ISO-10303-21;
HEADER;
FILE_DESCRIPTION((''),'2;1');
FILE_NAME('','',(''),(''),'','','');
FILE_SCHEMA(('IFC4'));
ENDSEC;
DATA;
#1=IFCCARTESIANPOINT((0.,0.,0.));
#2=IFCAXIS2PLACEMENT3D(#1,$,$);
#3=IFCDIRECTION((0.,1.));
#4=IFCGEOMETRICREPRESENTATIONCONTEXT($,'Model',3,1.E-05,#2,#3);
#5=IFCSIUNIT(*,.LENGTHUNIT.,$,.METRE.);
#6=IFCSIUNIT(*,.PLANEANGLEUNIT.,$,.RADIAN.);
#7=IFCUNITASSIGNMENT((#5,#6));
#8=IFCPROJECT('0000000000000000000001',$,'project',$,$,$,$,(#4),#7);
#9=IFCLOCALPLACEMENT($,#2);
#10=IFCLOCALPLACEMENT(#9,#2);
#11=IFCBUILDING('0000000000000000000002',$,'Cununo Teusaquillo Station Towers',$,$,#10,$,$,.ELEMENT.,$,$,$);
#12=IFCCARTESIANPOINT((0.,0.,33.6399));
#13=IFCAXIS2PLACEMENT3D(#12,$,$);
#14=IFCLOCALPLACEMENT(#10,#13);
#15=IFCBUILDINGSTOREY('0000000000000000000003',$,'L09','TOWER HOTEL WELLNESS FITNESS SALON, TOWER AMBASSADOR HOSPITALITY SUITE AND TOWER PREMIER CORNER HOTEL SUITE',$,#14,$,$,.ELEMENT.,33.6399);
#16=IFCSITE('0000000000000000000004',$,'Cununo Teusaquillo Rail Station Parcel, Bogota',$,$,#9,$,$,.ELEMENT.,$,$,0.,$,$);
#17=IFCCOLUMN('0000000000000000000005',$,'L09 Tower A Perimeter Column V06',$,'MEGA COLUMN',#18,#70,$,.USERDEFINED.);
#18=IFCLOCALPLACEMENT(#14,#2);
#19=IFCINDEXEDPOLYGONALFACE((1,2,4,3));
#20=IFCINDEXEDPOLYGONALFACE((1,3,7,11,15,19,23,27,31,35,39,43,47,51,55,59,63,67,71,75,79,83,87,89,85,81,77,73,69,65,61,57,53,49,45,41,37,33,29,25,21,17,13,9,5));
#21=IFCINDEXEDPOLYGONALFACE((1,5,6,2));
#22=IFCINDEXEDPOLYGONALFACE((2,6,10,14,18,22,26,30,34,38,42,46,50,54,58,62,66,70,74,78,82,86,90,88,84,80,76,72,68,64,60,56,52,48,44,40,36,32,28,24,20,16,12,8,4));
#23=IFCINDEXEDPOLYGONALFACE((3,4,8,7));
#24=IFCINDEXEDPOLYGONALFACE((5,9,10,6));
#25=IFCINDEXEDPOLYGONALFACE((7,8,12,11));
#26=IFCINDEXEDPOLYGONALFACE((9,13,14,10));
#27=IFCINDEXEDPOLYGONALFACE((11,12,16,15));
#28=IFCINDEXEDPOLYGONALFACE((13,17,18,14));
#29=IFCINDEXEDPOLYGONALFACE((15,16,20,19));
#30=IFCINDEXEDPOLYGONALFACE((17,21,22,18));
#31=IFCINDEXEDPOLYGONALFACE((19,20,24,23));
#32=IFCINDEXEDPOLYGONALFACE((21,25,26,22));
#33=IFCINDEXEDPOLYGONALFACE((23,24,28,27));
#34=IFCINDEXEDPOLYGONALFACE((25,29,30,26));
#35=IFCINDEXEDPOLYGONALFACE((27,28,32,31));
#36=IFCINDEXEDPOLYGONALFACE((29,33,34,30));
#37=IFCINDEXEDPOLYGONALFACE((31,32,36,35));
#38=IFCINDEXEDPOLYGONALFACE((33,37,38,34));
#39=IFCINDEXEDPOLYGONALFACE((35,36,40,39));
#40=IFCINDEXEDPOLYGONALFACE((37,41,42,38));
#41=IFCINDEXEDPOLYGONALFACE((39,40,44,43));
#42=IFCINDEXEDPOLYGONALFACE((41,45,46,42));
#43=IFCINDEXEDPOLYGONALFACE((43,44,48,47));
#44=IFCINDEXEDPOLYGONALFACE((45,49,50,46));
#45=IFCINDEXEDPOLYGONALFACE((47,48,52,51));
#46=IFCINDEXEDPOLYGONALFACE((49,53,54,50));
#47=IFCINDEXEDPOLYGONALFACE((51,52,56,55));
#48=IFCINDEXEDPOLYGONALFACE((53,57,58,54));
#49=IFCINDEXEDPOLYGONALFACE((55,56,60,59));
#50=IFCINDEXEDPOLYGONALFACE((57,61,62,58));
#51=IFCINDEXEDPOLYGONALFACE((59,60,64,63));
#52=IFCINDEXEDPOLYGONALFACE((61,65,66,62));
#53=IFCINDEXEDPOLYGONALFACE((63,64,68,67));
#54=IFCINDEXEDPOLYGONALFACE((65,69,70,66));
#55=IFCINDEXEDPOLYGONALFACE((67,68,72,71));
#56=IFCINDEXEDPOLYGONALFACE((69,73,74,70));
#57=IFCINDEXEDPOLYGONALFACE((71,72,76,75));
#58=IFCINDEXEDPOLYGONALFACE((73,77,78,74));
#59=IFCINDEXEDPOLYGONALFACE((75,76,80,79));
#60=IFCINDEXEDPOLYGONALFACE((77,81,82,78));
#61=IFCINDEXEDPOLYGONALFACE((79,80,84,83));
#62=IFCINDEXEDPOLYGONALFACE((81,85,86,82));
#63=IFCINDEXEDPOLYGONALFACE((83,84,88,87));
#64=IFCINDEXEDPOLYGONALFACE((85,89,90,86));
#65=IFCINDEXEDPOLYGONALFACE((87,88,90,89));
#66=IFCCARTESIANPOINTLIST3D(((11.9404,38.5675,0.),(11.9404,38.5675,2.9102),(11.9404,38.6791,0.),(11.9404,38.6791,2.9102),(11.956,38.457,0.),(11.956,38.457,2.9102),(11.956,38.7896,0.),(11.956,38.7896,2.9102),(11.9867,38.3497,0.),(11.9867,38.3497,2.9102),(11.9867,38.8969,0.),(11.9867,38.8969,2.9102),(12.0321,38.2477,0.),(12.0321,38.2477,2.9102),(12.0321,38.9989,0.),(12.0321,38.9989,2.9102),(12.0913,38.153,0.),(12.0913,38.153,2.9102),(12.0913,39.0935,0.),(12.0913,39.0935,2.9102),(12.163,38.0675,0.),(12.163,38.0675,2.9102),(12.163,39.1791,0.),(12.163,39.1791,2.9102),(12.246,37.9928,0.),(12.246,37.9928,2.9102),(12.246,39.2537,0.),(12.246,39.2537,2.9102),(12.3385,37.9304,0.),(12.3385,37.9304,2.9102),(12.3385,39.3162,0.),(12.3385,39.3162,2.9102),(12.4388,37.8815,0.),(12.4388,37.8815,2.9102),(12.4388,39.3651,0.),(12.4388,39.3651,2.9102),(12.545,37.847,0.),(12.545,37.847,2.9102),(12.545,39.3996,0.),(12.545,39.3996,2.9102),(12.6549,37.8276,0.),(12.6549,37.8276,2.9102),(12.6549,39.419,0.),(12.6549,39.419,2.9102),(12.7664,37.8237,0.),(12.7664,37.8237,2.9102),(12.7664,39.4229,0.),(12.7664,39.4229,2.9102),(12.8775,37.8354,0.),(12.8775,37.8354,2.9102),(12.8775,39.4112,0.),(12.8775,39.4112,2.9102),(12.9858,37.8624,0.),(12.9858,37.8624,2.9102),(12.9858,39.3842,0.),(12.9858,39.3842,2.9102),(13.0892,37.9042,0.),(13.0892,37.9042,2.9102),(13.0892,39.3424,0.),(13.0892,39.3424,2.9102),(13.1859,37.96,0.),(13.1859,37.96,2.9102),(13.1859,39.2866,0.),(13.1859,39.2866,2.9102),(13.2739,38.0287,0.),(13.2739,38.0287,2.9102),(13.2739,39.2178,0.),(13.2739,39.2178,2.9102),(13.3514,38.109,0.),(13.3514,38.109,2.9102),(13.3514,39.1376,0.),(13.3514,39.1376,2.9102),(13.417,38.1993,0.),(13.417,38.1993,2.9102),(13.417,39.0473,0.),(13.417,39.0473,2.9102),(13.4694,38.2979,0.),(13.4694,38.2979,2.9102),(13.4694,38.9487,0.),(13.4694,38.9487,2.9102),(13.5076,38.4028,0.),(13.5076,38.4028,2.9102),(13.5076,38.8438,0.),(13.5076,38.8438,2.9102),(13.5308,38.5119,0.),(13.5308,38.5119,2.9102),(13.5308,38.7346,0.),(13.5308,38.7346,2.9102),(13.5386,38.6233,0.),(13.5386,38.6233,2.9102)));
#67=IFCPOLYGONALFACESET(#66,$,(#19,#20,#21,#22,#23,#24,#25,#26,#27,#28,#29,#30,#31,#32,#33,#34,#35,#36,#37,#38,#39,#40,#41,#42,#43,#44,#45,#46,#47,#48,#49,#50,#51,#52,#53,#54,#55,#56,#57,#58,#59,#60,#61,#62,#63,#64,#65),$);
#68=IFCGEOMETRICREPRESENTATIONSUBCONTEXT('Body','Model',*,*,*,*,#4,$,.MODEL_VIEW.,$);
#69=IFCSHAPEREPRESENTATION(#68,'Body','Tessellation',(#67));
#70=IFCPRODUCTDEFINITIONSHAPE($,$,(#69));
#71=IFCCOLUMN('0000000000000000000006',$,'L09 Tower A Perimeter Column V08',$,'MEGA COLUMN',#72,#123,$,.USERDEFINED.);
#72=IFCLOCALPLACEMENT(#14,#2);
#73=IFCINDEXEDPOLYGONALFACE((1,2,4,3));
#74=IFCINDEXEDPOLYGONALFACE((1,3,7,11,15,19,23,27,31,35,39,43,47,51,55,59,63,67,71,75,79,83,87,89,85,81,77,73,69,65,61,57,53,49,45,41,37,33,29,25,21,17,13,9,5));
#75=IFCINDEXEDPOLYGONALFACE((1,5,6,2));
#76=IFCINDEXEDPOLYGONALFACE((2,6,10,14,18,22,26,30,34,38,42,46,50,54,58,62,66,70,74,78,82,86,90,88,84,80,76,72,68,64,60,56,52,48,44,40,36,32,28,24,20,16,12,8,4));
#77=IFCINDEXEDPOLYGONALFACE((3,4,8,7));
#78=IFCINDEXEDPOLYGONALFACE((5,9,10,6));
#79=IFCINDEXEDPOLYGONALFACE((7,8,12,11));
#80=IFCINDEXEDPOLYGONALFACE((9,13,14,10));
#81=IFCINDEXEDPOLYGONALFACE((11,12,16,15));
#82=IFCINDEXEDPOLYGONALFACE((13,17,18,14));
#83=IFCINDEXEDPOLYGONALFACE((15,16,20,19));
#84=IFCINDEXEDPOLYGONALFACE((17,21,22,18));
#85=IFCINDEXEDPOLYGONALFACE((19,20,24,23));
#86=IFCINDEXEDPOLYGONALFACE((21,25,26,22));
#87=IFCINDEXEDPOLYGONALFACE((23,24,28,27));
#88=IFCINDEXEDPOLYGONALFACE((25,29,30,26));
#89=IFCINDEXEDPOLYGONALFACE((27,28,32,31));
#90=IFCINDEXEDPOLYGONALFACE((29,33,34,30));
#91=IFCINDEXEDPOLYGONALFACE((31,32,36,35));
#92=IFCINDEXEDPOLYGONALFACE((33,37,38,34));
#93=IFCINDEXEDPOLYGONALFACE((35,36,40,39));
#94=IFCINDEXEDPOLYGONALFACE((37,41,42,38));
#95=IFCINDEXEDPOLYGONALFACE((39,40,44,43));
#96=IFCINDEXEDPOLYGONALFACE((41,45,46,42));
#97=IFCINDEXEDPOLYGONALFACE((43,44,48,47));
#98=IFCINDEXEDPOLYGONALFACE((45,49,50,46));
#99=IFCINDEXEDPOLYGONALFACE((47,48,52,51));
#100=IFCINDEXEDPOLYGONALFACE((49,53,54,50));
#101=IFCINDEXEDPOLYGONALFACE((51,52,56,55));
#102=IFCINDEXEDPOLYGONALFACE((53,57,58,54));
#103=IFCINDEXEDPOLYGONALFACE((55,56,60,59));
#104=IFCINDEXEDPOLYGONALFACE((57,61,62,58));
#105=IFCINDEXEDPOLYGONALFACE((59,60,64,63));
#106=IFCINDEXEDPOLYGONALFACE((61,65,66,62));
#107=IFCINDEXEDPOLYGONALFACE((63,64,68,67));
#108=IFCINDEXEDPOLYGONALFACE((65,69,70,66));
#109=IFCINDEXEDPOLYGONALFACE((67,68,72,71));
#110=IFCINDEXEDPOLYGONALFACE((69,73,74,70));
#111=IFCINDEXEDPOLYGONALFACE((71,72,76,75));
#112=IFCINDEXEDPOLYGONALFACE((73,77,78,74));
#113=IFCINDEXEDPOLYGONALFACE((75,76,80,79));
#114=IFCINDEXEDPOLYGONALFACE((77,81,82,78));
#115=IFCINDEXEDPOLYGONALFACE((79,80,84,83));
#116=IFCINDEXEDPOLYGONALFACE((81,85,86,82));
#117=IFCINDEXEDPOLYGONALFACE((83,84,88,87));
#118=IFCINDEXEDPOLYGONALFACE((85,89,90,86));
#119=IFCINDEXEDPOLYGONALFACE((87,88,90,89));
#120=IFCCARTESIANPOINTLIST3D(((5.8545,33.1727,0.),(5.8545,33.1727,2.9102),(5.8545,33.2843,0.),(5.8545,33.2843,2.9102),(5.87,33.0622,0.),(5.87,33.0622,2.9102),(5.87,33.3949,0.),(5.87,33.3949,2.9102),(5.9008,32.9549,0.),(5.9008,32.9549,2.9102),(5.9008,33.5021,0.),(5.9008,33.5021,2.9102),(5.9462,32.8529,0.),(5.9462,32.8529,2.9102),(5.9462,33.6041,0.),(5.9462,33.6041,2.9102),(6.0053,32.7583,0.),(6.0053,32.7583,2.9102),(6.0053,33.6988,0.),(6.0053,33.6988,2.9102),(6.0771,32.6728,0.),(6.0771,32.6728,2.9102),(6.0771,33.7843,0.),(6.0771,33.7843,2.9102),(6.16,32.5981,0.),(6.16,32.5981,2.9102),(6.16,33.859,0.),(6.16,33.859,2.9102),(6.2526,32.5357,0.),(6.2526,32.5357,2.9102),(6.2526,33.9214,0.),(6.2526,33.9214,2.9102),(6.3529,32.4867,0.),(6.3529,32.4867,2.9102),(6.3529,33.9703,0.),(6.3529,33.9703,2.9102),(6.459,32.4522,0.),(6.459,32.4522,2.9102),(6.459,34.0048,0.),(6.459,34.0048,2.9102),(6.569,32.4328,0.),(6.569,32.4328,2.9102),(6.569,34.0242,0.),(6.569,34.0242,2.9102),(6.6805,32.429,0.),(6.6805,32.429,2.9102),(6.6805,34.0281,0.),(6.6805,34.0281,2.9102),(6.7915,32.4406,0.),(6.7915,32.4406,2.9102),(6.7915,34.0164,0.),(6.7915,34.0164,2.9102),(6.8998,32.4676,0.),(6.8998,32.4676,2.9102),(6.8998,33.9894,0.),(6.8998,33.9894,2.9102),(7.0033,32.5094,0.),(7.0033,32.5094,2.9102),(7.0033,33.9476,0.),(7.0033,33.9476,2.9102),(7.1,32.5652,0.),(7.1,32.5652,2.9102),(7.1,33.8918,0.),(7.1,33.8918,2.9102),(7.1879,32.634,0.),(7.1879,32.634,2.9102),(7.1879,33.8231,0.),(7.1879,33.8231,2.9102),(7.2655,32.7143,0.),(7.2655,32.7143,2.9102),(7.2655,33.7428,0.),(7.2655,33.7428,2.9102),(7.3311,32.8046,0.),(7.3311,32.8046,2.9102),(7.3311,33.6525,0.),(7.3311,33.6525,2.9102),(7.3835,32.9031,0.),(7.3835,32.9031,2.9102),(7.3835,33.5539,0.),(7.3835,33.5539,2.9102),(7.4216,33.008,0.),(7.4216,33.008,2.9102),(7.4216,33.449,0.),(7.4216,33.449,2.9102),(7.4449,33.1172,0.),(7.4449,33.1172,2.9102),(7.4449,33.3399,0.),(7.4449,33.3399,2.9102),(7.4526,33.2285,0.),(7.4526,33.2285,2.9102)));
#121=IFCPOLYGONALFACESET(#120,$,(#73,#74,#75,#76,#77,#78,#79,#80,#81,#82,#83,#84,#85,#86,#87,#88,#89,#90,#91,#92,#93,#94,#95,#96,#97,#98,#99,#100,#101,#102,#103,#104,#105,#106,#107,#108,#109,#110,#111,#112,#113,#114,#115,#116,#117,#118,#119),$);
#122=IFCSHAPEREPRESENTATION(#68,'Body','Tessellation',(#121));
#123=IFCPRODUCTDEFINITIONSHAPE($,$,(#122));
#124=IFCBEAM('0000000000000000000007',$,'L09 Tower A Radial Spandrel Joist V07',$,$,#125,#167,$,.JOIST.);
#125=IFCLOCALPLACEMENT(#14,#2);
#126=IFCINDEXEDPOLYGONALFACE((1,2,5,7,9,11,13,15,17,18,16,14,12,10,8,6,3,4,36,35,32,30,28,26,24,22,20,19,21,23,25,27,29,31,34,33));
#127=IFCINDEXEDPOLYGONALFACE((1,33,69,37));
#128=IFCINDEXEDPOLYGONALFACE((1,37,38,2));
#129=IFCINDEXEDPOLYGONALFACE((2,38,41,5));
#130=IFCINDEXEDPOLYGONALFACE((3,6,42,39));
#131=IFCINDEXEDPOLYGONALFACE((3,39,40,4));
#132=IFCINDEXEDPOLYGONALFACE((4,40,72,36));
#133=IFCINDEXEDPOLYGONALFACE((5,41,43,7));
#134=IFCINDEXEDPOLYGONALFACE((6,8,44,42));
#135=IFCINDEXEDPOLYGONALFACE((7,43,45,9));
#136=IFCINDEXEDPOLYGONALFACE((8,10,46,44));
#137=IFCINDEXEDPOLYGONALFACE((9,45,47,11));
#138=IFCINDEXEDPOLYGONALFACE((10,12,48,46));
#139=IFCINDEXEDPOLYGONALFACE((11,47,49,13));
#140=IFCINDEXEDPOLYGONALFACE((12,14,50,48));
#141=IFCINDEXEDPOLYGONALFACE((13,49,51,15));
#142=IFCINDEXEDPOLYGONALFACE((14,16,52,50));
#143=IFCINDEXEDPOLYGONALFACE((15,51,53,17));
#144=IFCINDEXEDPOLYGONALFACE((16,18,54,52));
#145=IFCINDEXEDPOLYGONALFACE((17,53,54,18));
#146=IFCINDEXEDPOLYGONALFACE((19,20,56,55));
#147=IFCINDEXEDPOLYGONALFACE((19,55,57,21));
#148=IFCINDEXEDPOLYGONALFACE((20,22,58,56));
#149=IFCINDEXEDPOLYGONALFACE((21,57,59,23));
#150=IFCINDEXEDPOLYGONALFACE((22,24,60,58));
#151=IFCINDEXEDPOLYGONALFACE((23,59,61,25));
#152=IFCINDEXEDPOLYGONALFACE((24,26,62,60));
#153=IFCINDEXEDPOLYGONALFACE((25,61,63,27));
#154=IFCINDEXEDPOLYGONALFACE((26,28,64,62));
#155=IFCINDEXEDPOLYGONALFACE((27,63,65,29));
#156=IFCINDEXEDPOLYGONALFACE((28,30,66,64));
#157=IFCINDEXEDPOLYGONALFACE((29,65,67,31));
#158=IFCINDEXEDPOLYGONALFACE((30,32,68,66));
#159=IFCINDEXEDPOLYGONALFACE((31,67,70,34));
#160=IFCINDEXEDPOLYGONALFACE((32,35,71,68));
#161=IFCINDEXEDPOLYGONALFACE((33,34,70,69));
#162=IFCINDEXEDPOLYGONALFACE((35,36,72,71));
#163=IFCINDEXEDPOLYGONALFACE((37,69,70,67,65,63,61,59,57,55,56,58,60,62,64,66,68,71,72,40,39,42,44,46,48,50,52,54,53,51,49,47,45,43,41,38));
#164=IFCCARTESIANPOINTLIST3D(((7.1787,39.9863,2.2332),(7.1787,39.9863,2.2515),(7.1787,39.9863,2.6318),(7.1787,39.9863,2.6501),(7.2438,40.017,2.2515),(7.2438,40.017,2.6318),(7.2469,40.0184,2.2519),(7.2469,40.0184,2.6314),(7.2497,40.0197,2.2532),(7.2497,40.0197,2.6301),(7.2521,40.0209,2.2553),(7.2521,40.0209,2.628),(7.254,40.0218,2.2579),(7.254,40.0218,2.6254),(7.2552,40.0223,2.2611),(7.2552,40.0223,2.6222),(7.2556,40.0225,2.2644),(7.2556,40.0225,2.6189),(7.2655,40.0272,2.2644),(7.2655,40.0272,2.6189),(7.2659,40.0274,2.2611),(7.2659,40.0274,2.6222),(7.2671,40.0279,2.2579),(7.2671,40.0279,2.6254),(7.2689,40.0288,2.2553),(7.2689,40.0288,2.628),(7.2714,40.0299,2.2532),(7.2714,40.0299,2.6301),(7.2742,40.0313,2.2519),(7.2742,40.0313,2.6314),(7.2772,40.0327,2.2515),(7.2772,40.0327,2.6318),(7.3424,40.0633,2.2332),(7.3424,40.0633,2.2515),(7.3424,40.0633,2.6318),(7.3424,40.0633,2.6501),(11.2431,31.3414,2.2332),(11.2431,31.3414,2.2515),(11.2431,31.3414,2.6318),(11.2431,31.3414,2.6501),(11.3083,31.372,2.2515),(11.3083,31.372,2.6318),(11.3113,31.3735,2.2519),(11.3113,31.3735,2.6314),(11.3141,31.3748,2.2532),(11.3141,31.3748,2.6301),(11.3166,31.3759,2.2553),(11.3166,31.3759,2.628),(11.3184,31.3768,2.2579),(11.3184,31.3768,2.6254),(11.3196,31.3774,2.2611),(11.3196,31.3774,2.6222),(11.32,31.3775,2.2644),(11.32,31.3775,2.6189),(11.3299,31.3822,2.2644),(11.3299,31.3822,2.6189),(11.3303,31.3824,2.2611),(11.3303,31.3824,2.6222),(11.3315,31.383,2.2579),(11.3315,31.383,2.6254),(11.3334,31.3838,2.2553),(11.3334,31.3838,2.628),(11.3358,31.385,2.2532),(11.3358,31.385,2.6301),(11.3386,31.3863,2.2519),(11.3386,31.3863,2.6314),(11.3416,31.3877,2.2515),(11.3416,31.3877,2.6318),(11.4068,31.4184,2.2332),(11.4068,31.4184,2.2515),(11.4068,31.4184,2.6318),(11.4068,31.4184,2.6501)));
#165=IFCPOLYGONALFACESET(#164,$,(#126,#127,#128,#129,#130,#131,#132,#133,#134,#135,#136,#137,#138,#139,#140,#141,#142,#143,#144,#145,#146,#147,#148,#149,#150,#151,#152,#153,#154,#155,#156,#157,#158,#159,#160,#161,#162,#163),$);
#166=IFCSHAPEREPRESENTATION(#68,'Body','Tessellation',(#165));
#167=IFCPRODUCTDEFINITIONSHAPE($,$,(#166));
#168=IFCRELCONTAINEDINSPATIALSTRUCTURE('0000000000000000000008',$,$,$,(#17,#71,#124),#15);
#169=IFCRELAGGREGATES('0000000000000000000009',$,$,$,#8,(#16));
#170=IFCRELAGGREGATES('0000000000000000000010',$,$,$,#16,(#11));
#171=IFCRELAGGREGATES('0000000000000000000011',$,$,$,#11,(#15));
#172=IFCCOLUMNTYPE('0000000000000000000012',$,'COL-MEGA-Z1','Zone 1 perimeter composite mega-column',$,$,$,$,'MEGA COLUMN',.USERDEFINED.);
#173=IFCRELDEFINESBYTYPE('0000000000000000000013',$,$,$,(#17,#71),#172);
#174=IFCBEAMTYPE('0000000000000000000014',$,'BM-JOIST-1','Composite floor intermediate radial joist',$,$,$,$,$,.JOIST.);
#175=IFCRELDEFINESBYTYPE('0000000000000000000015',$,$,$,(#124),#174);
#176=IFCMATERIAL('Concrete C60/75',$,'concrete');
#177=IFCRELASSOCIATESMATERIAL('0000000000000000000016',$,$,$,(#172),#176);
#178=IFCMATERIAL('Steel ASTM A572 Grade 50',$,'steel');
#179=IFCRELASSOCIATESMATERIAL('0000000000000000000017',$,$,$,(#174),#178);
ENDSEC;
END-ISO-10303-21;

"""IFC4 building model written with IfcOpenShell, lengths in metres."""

from ifc_helpers import new_model, si_unit, direction, frame, origin, origin_2d, place, context, subcontext, project, spatial, circle, i_section, extrude, material, material_profile, profile_set, type_object, element, save


model = new_model("IFC4")

# Units and contexts
model_context = context("Model", 3, precision=1e-05, world=origin(), true_north=direction((0.0, 1.0)))
body_context = subcontext(model_context, "Body", "Model", "MODEL_VIEW")
ifc_project = project(units=[si_unit("LENGTHUNIT", "METRE"), si_unit("PLANEANGLEUNIT", "RADIAN")], contexts=[model_context])

# Site, building, storey
site_placement = place(None, origin())
site = spatial("IfcSite", under=ifc_project, at=site_placement, Name="Cununo Teusaquillo Rail Station Parcel, Bogota", CompositionType="ELEMENT", RefElevation=0.0)
building_placement = place(site_placement, origin())
building = spatial("IfcBuilding", under=site, at=building_placement, Name="Cununo Teusaquillo Station Towers", CompositionType="ELEMENT")
storey_placement = place(building_placement, frame((0.0, 0.0, 33.6399)))
storey = spatial("IfcBuildingStorey", under=building, at=storey_placement, Name="L09", Description="TOWER HOTEL WELLNESS FITNESS SALON, TOWER AMBASSADOR HOSPITALITY SUITE AND TOWER PREMIER CORNER HOTEL SUITE", CompositionType="ELEMENT", Elevation=33.6399)

# Columns
ifc_material_1 = material(Name="Concrete C60/75", Category="concrete")
ifc_material_profile_1 = material_profile(ifc_material_1, circle(Radius=0.8, at=origin_2d()), Name="RC-CIRC-1600")
ifc_profile_set_1 = profile_set([ifc_material_profile_1], Name="Concrete C60/75")
column_type = type_object("IfcColumnType", Name="COL-MEGA-Z1", Description="Zone 1 perimeter composite mega-column", ElementType="MEGA COLUMN", PredefinedType="USERDEFINED", material=ifc_profile_set_1)
for number, where, z_axis, x_axis, name in (
    (1, (12.7385, 38.6233, 0.0), (0.0, 0.0, 1.0), (1.0, 0.0, 0.0), "L09 Tower A Perimeter Column V06"),
    (2, (6.6526, 33.2285, 0.0), (0.0, 0.0, 1.0), (1.0, 0.0, 0.0), "L09 Tower A Perimeter Column V08"),
):
    element("IfcColumn", number, at=place(storey_placement, frame(where, z_axis=z_axis, x_axis=x_axis)), inside=storey, type_object=column_type, Name=name, ObjectType="MEGA COLUMN", PredefinedType="USERDEFINED", context=body_context, shape_type="SweptSolid", body=[
        extrude(circle(Radius=0.8, at=origin_2d()), origin(), (0.0, 0.0, 1.0), 2.9102),
    ])

# Beam
ifc_material_2 = material(Name="Steel ASTM A572 Grade 50", Category="steel")
ifc_material_profile_2 = material_profile(ifc_material_2, i_section(OverallWidth=0.1809, OverallDepth=0.417, WebThickness=0.011, FlangeThickness=0.0183, FilletRadius=0.0129, at=origin_2d()), Name="W16X57")
ifc_profile_set_2 = profile_set([ifc_material_profile_2], Name="Steel ASTM A572 Grade 50")
beam_type_1 = type_object("IfcBeamType", Name="BM-JOIST-1", Description="Composite floor intermediate radial joist", PredefinedType="JOIST", material=ifc_profile_set_2)
beam_1_placement = place(storey_placement, frame((11.325, 31.3799, 2.4417), z_axis=(-0.425472, 0.904972, 0.0), x_axis=(-0.904972, -0.425472, 0.0)))
element("IfcBeam", 3, at=beam_1_placement, inside=storey, type_object=beam_type_1, Name="L09 Tower A Radial Spandrel Joist V07", PredefinedType="JOIST", context=body_context, shape_type="SweptSolid", body=[
    extrude(i_section(OverallWidth=0.1809, OverallDepth=0.417, WebThickness=0.011, FlangeThickness=0.0183, FilletRadius=0.0129, at=origin_2d()), origin(), (0.0, 0.0, 1.0), 9.5527),
])

save(model, "model.ifc")
